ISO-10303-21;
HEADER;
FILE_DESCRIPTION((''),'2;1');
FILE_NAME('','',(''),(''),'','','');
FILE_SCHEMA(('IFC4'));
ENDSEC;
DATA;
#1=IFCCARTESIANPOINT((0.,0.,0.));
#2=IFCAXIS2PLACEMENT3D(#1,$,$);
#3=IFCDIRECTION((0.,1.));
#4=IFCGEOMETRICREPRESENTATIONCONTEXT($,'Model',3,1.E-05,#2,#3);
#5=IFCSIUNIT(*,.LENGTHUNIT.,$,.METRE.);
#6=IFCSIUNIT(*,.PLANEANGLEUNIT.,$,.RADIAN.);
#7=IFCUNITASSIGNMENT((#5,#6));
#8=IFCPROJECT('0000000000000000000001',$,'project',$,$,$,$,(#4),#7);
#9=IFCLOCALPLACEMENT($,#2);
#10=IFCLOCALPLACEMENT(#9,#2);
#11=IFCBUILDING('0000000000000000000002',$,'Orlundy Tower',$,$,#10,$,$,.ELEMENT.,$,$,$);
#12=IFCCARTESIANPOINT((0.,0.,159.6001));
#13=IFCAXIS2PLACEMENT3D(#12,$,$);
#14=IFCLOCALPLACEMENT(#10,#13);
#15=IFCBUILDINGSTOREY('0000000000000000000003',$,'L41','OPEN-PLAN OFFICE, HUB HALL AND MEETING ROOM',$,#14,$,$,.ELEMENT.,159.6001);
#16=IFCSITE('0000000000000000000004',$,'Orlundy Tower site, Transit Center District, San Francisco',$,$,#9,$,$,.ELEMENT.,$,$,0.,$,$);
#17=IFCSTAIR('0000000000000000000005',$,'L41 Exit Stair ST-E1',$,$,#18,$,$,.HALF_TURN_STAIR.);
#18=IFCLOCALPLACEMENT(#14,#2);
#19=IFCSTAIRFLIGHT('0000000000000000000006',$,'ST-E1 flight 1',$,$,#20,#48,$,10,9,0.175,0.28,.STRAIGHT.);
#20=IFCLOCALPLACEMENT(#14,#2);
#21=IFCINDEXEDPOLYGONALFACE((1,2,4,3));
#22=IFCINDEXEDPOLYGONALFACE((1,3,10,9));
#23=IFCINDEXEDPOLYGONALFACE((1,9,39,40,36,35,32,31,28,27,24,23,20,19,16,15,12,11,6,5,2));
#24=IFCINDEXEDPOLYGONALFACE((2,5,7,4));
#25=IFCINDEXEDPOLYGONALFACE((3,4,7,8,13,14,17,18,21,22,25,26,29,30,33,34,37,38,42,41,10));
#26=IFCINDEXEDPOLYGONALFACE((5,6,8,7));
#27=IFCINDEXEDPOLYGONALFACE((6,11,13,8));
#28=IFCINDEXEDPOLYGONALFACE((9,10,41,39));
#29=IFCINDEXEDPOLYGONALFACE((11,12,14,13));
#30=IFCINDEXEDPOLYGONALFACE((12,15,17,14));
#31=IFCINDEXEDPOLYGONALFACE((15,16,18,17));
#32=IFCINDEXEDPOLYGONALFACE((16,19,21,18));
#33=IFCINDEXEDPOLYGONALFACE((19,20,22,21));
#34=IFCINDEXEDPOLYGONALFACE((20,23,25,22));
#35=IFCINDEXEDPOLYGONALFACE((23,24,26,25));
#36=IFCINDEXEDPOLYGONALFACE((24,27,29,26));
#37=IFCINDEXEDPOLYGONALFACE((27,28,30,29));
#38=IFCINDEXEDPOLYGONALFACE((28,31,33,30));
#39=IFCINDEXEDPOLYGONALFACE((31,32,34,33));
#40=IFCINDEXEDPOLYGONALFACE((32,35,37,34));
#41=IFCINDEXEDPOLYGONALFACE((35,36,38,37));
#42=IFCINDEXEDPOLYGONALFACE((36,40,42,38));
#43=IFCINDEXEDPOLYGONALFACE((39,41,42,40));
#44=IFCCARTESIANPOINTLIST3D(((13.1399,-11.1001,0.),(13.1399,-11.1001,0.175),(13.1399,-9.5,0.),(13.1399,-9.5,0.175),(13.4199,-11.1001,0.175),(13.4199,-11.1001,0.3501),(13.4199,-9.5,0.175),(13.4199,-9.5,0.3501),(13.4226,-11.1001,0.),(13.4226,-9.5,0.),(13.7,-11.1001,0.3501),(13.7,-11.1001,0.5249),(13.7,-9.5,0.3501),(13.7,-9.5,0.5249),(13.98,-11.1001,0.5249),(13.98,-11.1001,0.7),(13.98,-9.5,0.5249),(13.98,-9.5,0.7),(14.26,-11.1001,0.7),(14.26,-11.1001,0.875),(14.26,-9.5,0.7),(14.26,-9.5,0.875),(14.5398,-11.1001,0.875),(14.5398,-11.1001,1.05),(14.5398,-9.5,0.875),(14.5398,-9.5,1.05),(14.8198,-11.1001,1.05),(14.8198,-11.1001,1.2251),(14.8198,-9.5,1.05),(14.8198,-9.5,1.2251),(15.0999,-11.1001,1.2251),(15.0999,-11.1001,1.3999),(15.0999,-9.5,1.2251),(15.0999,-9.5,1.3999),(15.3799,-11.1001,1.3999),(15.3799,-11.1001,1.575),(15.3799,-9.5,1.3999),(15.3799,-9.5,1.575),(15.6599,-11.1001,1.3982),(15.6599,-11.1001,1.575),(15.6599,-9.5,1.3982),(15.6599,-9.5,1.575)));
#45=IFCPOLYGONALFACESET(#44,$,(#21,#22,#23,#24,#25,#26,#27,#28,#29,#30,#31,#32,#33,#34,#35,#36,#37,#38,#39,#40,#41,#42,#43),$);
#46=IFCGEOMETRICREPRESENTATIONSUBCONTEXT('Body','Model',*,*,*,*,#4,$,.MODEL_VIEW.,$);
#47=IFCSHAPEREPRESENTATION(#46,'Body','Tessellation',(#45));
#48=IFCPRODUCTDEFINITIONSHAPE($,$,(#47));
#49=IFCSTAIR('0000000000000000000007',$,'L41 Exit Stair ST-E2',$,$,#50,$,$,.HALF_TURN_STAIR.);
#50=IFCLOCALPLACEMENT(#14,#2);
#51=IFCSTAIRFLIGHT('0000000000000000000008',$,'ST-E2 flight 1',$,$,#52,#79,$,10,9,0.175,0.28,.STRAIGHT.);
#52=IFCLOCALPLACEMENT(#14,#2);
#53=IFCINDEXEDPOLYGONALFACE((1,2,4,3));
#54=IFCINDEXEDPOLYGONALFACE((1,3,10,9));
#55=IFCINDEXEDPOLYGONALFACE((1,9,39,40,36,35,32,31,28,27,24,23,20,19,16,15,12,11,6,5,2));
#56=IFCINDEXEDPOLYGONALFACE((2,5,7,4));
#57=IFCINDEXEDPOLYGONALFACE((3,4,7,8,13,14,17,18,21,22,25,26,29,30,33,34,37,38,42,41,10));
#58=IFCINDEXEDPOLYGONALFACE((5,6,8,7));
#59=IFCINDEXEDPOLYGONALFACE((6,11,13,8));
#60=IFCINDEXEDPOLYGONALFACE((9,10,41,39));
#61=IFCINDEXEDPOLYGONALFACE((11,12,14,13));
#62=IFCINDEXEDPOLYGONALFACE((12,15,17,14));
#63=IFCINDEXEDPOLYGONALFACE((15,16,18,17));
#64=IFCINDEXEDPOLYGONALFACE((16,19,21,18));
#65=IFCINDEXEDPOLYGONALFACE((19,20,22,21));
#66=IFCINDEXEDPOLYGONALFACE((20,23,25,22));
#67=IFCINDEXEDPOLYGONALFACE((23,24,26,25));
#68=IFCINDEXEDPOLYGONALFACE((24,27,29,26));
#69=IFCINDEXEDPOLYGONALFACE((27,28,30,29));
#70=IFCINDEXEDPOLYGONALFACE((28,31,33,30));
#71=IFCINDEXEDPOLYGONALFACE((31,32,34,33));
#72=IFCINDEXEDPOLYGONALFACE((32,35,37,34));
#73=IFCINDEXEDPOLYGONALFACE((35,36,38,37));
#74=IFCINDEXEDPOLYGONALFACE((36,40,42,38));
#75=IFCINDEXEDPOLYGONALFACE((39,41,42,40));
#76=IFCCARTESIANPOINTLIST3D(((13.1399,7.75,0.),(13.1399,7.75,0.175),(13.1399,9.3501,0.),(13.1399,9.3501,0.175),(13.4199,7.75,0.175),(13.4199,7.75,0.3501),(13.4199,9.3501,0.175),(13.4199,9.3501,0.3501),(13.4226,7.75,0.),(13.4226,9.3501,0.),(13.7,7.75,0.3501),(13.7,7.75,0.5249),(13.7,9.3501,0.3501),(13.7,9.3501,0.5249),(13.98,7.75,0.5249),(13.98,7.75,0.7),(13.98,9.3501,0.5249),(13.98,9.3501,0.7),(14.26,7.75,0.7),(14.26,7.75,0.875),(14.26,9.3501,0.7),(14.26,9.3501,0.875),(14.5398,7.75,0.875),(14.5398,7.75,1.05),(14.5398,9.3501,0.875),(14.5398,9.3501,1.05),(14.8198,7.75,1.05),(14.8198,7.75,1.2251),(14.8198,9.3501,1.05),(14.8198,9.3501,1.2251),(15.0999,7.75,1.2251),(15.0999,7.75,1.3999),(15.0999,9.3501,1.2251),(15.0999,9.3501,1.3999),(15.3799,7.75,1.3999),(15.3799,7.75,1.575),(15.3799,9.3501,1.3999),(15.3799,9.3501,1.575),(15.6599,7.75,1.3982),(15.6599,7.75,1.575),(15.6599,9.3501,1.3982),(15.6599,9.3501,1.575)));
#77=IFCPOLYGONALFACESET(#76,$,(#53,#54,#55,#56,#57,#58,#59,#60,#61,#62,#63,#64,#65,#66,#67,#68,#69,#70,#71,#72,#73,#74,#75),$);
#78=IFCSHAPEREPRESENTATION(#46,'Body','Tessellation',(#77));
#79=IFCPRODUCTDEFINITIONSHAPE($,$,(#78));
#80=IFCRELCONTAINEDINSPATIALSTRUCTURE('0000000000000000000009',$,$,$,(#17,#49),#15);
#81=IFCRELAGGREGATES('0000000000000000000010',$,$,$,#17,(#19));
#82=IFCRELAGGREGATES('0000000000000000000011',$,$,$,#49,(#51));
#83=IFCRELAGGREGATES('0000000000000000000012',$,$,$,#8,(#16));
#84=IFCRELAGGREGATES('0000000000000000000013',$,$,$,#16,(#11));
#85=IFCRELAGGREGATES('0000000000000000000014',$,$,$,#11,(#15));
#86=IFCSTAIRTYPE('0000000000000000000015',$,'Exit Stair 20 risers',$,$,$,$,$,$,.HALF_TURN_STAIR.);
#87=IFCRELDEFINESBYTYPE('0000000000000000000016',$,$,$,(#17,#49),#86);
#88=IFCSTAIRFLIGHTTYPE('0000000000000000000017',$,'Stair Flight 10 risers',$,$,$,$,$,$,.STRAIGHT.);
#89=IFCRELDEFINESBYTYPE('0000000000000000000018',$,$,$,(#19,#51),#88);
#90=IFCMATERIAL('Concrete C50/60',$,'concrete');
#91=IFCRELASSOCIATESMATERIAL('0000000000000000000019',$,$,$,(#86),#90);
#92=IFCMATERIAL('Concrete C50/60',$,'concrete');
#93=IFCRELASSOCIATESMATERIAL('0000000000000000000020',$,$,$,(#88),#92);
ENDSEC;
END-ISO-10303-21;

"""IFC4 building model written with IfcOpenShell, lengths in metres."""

from ifc_helpers import new_model, si_unit, direction, frame, origin, place, context, subcontext, project, spatial, polyline, outline, extrude, material, type_object, element, aggregate, save


model = new_model("IFC4")

# Units and contexts
model_context = context("Model", 3, precision=1e-05, world=origin(), true_north=direction((0.0, 1.0)))
body_context = subcontext(model_context, "Body", "Model", "MODEL_VIEW")
ifc_project = project(units=[si_unit("LENGTHUNIT", "METRE"), si_unit("PLANEANGLEUNIT", "RADIAN")], contexts=[model_context])

# Site, building, storey
site_placement = place(None, origin())
site = spatial("IfcSite", under=ifc_project, at=site_placement, Name="Orlundy Tower site, Transit Center District, San Francisco", CompositionType="ELEMENT", RefElevation=0.0)
building_placement = place(site_placement, origin())
building = spatial("IfcBuilding", under=site, at=building_placement, Name="Orlundy Tower", CompositionType="ELEMENT")
storey_placement = place(building_placement, frame((0.0, 0.0, 159.6001)))
storey = spatial("IfcBuildingStorey", under=building, at=storey_placement, Name="L41", Description="OPEN-PLAN OFFICE, HUB HALL AND MEETING ROOM", CompositionType="ELEMENT", Elevation=159.6001)

# Stairs, stair flights
ifc_material_1 = material(Name="Concrete C50/60", Category="concrete")
stair_type = type_object("IfcStairType", Name="Exit Stair 20 risers", PredefinedType="HALF_TURN_STAIR", material=ifc_material_1)
stair_1_placement = place(storey_placement, origin())
stair_1 = element("IfcStair", 1, at=stair_1_placement, inside=storey, type_object=stair_type, Name="L41 Exit Stair ST-E1", PredefinedType="HALF_TURN_STAIR")
ifc_material_2 = material(Name="Concrete C50/60", Category="concrete")
stair_flight_type = type_object("IfcStairFlightType", Name="Stair Flight 10 risers", PredefinedType="STRAIGHT", material=ifc_material_2)
stair_flight_1_placement = place(storey_placement, frame((13.1399, -10.3, 0.0), z_axis=(0.0, 0.0, 1.0), x_axis=(1.0, 0.0, 0.0)))
stair_flight_1 = element("IfcStairFlight", 2, at=stair_flight_1_placement, type_object=stair_flight_type, Name="ST-E1 flight 1", NumberOfRisers=10, NumberOfTreads=9, PredefinedType="STRAIGHT", RiserHeight=0.175, TreadLength=0.28, context=body_context, shape_type="SweptSolid", body=[
    extrude(outline(polyline([(0.0, 0.0), (0.0, 0.175), (0.28, 0.175), (0.28, 0.3501), (0.5601, 0.3501), (0.5601, 0.5249), (0.8401, 0.5249), (0.8401, 0.7), (1.1201, 0.7), (1.1201, 0.875), (1.3999, 0.875), (1.3999, 1.05), (1.6799, 1.05), (1.6799, 1.2251), (1.96, 1.2251), (1.96, 1.3999), (2.24, 1.3999), (2.24, 1.575), (2.52, 1.575), (2.52, 1.75), (2.52, 1.3982), (0.2827, 0.0), (0.0, 0.0)])), frame((0.0, 0.8, 0.0), z_axis=(0.0, -1.0, 0.0), x_axis=(1.0, 0.0, 0.0)), (0.0, 0.0, 1.0), 1.6001),
])
aggregate(stair_1, [stair_flight_1])
stair_2_placement = place(storey_placement, origin())
stair_2 = element("IfcStair", 3, at=stair_2_placement, inside=storey, type_object=stair_type, Name="L41 Exit Stair ST-E2", PredefinedType="HALF_TURN_STAIR")
stair_flight_2_placement = place(storey_placement, frame((13.1399, 8.55, 0.0), z_axis=(0.0, 0.0, 1.0), x_axis=(1.0, 0.0, 0.0)))
stair_flight_2 = element("IfcStairFlight", 4, at=stair_flight_2_placement, type_object=stair_flight_type, Name="ST-E2 flight 1", NumberOfRisers=10, NumberOfTreads=9, PredefinedType="STRAIGHT", RiserHeight=0.175, TreadLength=0.28, context=body_context, shape_type="SweptSolid", body=[
    extrude(outline(polyline([(0.0, 0.0), (0.0, 0.175), (0.28, 0.175), (0.28, 0.3501), (0.5601, 0.3501), (0.5601, 0.5249), (0.8401, 0.5249), (0.8401, 0.7), (1.1201, 0.7), (1.1201, 0.875), (1.3999, 0.875), (1.3999, 1.05), (1.6799, 1.05), (1.6799, 1.2251), (1.96, 1.2251), (1.96, 1.3999), (2.24, 1.3999), (2.24, 1.575), (2.52, 1.575), (2.52, 1.75), (2.52, 1.3982), (0.2827, 0.0), (0.0, 0.0)])), frame((0.0, 0.8, 0.0), z_axis=(0.0, -1.0, 0.0), x_axis=(1.0, 0.0, 0.0)), (0.0, 0.0, 1.0), 1.6001),
])
aggregate(stair_2, [stair_flight_2])

save(model, "model.ifc")
